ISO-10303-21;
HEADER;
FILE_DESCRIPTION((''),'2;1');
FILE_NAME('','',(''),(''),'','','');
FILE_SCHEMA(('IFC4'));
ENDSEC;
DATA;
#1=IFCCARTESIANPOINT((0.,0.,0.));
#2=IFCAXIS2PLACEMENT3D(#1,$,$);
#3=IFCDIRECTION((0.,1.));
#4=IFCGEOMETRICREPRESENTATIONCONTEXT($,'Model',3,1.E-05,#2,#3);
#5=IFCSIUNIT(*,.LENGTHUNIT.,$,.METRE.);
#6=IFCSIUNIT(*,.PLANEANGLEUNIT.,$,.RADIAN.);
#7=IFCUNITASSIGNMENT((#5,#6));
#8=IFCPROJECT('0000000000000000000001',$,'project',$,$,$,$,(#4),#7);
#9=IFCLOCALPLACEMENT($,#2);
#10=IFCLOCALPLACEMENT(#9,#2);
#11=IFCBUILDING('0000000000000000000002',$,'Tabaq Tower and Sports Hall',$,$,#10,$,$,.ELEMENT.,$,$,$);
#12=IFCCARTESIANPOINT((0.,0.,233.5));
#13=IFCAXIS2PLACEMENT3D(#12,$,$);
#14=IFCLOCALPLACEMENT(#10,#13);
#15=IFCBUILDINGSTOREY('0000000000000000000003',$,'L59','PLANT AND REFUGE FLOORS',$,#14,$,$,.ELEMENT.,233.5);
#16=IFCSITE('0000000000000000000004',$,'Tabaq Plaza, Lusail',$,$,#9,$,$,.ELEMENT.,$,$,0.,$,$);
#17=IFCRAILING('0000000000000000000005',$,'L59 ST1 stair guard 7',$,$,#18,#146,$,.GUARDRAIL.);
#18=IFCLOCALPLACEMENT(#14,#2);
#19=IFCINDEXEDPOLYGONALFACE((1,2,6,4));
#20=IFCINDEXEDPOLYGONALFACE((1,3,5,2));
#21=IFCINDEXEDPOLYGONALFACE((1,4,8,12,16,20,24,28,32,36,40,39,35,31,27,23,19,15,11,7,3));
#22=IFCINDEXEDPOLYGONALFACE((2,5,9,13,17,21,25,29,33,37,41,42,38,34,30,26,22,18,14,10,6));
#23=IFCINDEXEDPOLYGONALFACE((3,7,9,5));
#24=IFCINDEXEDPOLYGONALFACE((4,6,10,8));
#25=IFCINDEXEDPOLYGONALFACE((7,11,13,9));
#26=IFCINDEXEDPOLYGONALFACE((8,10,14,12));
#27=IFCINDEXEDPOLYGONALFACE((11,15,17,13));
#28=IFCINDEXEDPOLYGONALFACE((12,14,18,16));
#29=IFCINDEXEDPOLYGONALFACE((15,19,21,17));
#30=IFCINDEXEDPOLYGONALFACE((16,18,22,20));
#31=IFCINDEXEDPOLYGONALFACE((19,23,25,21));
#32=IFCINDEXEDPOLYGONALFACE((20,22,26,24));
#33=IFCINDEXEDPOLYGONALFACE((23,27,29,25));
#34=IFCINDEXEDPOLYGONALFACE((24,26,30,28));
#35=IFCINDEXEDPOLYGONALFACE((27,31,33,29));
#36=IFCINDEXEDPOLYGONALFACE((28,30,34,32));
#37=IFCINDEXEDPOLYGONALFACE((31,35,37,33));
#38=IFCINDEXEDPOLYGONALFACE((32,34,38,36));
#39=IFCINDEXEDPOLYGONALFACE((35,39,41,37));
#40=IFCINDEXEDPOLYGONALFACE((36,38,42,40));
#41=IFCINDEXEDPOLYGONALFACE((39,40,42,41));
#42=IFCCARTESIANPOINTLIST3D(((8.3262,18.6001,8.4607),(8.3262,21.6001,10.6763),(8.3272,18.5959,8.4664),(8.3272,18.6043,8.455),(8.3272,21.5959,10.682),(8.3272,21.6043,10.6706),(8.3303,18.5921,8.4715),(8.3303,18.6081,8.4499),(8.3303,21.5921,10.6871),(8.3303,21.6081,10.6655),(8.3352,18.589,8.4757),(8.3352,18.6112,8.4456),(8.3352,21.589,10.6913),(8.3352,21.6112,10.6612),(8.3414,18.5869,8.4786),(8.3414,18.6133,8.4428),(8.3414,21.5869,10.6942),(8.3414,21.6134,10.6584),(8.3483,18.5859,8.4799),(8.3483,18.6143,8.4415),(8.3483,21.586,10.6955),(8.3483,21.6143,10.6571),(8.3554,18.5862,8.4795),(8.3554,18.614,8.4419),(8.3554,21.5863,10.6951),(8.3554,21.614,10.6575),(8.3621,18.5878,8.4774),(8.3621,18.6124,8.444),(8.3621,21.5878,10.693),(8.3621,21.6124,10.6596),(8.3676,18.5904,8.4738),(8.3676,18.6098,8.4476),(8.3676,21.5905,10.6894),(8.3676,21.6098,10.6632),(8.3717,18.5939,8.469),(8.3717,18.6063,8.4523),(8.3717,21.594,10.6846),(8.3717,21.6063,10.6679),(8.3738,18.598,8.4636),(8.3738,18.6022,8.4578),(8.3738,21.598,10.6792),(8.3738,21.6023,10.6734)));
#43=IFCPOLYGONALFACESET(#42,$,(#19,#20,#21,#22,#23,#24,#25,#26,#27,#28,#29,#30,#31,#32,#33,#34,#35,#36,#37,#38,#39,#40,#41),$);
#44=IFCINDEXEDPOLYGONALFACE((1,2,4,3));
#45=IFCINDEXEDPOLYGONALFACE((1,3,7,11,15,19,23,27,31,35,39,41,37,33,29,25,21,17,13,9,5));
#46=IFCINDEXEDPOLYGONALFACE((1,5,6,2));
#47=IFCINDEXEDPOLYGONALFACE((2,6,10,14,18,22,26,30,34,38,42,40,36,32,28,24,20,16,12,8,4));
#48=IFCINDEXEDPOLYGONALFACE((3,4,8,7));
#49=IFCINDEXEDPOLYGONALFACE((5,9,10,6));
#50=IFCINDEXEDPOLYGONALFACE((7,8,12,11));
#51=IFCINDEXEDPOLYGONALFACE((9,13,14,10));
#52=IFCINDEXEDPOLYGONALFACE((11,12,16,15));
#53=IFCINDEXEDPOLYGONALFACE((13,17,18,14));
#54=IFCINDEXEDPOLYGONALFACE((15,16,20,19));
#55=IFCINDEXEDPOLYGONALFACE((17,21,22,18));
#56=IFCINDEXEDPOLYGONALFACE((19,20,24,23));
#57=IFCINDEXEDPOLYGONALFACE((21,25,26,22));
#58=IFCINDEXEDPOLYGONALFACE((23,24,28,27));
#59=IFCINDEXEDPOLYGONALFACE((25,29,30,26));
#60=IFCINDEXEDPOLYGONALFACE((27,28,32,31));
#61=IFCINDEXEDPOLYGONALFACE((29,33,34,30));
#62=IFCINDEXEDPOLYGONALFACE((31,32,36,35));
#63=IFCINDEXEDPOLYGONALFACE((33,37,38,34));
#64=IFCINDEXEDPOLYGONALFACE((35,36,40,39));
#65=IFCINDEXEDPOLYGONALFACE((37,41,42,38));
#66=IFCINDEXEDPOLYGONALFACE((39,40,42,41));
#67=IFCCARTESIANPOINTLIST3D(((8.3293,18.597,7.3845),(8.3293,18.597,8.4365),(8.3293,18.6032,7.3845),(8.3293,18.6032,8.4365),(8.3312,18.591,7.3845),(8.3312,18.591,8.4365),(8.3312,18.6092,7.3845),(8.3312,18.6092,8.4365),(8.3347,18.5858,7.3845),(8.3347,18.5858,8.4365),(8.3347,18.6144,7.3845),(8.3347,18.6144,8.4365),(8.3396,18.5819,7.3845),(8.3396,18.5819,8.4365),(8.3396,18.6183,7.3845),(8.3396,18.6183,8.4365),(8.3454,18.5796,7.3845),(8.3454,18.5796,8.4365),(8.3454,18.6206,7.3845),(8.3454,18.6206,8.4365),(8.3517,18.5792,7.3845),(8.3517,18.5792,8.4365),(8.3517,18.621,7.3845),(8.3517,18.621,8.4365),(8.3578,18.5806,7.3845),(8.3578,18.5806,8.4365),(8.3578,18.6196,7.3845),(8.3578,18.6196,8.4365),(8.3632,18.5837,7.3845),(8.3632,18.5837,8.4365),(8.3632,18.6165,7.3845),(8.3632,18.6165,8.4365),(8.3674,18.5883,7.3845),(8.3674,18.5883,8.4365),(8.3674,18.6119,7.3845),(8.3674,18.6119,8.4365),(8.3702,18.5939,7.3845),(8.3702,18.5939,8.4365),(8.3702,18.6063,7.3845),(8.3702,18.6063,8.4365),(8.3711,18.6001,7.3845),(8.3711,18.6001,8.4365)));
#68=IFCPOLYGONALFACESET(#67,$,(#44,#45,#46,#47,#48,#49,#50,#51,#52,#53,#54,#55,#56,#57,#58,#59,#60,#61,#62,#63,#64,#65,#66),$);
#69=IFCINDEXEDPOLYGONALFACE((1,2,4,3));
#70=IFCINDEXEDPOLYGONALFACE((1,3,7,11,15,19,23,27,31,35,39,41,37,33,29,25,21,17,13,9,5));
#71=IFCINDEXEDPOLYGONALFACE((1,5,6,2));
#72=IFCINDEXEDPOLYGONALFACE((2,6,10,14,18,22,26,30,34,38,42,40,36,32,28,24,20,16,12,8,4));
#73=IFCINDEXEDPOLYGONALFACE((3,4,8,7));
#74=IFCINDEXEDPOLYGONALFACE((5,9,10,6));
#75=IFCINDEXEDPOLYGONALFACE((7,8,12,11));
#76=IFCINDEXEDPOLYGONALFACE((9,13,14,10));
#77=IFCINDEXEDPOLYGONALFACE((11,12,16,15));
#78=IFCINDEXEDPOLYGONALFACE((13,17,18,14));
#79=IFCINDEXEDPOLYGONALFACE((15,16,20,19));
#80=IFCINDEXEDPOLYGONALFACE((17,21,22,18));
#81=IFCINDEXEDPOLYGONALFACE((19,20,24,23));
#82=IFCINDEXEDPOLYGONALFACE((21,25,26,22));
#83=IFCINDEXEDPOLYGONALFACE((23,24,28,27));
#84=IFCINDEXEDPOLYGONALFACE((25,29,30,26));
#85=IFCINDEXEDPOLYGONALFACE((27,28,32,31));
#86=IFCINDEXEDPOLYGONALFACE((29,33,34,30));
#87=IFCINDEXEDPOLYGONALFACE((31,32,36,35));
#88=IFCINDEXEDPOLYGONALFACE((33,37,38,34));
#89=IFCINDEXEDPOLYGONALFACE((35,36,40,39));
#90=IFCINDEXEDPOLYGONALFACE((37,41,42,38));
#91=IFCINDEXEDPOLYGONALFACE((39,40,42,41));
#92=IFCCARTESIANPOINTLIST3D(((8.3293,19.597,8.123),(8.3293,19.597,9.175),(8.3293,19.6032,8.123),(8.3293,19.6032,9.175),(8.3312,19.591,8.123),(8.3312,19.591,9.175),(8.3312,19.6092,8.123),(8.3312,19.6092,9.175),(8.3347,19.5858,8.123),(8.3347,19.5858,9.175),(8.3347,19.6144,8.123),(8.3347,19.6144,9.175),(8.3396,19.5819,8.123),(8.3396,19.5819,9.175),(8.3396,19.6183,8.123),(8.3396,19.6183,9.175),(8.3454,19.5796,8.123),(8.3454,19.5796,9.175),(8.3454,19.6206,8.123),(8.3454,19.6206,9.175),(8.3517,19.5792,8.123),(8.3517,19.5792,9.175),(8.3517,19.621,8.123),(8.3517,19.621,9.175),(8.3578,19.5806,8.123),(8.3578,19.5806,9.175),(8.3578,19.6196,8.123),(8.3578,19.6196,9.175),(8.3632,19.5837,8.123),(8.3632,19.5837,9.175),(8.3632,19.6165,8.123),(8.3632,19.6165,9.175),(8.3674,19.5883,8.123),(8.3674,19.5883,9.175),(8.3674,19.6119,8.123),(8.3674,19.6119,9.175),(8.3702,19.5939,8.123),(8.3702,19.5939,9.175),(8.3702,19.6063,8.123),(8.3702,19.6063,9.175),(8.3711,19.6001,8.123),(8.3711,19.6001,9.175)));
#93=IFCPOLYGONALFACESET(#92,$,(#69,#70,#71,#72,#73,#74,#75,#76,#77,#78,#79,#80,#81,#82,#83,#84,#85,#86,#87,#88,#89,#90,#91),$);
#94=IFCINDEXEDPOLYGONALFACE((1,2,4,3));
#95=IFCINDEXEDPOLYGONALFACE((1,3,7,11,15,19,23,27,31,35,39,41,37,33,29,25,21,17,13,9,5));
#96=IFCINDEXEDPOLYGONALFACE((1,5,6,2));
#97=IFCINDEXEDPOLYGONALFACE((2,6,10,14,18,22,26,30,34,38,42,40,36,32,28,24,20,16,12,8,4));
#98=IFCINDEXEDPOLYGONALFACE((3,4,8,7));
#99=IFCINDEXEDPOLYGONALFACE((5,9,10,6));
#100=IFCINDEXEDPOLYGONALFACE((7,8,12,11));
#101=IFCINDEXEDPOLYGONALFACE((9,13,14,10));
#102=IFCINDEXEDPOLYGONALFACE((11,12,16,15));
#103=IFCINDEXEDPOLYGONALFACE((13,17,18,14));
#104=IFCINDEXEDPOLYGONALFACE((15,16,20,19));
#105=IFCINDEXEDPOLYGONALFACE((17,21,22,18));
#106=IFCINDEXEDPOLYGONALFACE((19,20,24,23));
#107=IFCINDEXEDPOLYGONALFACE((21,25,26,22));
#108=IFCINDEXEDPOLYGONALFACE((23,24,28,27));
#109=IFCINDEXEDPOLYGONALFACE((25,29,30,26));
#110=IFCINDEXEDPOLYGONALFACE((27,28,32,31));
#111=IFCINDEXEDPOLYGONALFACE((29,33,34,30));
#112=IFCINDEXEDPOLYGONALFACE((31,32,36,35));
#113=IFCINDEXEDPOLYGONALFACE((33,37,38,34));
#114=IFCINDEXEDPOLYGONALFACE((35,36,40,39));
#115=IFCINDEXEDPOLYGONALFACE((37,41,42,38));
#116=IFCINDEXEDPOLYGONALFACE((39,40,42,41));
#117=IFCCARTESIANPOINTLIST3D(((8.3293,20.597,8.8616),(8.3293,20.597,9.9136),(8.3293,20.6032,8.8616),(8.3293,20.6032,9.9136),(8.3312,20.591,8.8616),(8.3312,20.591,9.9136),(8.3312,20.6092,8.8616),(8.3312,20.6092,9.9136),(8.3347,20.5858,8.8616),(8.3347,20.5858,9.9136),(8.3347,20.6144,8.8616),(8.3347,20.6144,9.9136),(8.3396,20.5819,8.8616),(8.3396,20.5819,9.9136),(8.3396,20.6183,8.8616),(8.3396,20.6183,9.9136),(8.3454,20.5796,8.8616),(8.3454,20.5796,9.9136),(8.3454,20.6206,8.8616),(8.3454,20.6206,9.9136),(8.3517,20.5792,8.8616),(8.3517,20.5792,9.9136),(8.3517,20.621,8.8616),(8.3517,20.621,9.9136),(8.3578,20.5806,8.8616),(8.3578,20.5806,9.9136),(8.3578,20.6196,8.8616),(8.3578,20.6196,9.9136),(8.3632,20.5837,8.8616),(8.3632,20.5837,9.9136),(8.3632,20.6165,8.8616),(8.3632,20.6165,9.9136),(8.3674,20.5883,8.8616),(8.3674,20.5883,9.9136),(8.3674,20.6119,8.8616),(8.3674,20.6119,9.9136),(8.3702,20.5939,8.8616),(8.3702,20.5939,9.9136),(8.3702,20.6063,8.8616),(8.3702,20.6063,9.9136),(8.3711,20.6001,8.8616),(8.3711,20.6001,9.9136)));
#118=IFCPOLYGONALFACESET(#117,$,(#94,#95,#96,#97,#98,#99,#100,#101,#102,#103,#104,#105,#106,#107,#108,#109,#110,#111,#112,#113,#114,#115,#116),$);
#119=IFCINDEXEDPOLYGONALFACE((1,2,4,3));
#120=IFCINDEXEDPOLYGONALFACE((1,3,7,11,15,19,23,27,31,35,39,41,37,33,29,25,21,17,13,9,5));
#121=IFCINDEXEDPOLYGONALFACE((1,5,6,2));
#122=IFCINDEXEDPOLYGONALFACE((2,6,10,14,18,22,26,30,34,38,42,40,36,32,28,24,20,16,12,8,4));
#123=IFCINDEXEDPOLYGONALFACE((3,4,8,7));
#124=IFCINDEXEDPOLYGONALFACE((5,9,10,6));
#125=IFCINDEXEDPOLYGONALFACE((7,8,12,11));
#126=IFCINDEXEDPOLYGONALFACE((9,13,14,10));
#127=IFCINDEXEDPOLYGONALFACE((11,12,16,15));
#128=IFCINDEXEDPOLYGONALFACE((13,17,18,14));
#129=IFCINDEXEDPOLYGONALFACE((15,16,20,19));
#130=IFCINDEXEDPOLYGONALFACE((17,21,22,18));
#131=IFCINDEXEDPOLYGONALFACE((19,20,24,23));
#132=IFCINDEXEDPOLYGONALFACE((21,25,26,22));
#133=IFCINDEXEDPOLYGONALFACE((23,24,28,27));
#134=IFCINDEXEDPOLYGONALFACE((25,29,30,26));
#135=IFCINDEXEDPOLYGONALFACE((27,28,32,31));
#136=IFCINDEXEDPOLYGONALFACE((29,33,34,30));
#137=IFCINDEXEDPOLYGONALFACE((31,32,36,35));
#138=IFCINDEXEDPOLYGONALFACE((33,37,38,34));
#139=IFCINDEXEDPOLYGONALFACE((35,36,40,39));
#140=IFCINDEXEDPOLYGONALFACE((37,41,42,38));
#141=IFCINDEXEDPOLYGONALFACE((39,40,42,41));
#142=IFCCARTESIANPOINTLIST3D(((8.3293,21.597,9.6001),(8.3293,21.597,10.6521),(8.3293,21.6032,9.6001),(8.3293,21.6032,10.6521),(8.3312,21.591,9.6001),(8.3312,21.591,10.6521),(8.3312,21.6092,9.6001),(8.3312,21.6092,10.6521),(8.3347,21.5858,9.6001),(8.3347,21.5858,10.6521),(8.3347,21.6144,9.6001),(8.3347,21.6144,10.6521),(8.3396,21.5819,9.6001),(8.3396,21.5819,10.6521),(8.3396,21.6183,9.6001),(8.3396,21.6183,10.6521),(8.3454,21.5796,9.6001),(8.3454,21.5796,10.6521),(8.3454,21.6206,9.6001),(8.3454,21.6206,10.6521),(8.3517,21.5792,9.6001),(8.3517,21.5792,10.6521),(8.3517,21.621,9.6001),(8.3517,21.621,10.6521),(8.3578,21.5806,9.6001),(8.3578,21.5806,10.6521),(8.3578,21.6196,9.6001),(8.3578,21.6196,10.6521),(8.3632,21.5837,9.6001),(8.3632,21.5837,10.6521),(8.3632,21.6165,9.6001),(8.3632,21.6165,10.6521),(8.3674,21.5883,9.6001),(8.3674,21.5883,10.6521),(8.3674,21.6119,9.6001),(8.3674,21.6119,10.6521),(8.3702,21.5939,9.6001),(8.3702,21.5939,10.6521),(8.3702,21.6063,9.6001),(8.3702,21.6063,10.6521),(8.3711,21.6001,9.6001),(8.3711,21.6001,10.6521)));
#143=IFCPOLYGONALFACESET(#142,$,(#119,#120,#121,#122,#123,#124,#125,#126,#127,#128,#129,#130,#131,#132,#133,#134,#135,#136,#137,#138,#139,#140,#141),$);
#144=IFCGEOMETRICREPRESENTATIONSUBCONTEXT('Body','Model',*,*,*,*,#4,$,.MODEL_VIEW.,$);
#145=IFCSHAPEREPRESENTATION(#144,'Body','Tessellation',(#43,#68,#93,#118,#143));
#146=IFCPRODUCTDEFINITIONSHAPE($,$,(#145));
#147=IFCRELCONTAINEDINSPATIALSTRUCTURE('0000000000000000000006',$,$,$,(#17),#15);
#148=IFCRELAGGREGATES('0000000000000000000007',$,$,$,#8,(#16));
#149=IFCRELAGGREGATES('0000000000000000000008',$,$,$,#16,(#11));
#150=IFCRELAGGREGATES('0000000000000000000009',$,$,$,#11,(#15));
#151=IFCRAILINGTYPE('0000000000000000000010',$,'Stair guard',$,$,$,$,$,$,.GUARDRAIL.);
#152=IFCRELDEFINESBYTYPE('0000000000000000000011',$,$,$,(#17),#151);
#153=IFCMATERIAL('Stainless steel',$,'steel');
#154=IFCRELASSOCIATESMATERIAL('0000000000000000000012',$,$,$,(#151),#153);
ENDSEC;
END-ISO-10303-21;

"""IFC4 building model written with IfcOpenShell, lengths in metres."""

from ifc_helpers import new_model, si_unit, direction, frame, origin, origin_2d, place, context, subcontext, project, spatial, circle, extrude, material, type_object, element, save


model = new_model("IFC4")

# Units and contexts
model_context = context("Model", 3, precision=1e-05, world=origin(), true_north=direction((0.0, 1.0)))
body_context = subcontext(model_context, "Body", "Model", "MODEL_VIEW")
ifc_project = project(units=[si_unit("LENGTHUNIT", "METRE"), si_unit("PLANEANGLEUNIT", "RADIAN")], contexts=[model_context])

# Site, building, storey
site_placement = place(None, origin())
site = spatial("IfcSite", under=ifc_project, at=site_placement, Name="Tabaq Plaza, Lusail", CompositionType="ELEMENT", RefElevation=0.0)
building_placement = place(site_placement, origin())
building = spatial("IfcBuilding", under=site, at=building_placement, Name="Tabaq Tower and Sports Hall", CompositionType="ELEMENT")
storey_placement = place(building_placement, frame((0.0, 0.0, 233.5)))
storey = spatial("IfcBuildingStorey", under=building, at=storey_placement, Name="L59", Description="PLANT AND REFUGE FLOORS", CompositionType="ELEMENT", Elevation=233.5)

# Railing
ifc_material_1 = material(Name="Stainless steel", Category="steel")
railing_type_1 = type_object("IfcRailingType", Name="Stair guard", PredefinedType="GUARDRAIL", material=ifc_material_1)
railing_1_placement = place(storey_placement, frame((8.3501, 18.6001, 7.3845)))
element("IfcRailing", 1, at=railing_1_placement, inside=storey, type_object=railing_type_1, Name="L59 ST1 stair guard 7", PredefinedType="GUARDRAIL", context=body_context, shape_type="SweptSolid", body=[
    extrude(circle(Radius=0.0239, at=origin_2d()), frame((0.0, 0.0, 1.0762), z_axis=(0.0, 0.804409, 0.594076), x_axis=(-1.0, 0.0, 0.0)), (0.0, 0.0, 1.0), 3.7295),
    extrude(circle(Radius=0.021, at=origin_2d()), origin(), (0.0, 0.0, 1.0), 1.052),
    extrude(circle(Radius=0.021, at=origin_2d()), frame((0.0, 1.0, 0.7385)), (0.0, 0.0, 1.0), 1.052),
    extrude(circle(Radius=0.021, at=origin_2d()), frame((0.0, 2.0, 1.4771)), (0.0, 0.0, 1.0), 1.052),
    extrude(circle(Radius=0.021, at=origin_2d()), frame((0.0, 3.0, 2.2156)), (0.0, 0.0, 1.0), 1.052),
])

save(model, "model.ifc")
